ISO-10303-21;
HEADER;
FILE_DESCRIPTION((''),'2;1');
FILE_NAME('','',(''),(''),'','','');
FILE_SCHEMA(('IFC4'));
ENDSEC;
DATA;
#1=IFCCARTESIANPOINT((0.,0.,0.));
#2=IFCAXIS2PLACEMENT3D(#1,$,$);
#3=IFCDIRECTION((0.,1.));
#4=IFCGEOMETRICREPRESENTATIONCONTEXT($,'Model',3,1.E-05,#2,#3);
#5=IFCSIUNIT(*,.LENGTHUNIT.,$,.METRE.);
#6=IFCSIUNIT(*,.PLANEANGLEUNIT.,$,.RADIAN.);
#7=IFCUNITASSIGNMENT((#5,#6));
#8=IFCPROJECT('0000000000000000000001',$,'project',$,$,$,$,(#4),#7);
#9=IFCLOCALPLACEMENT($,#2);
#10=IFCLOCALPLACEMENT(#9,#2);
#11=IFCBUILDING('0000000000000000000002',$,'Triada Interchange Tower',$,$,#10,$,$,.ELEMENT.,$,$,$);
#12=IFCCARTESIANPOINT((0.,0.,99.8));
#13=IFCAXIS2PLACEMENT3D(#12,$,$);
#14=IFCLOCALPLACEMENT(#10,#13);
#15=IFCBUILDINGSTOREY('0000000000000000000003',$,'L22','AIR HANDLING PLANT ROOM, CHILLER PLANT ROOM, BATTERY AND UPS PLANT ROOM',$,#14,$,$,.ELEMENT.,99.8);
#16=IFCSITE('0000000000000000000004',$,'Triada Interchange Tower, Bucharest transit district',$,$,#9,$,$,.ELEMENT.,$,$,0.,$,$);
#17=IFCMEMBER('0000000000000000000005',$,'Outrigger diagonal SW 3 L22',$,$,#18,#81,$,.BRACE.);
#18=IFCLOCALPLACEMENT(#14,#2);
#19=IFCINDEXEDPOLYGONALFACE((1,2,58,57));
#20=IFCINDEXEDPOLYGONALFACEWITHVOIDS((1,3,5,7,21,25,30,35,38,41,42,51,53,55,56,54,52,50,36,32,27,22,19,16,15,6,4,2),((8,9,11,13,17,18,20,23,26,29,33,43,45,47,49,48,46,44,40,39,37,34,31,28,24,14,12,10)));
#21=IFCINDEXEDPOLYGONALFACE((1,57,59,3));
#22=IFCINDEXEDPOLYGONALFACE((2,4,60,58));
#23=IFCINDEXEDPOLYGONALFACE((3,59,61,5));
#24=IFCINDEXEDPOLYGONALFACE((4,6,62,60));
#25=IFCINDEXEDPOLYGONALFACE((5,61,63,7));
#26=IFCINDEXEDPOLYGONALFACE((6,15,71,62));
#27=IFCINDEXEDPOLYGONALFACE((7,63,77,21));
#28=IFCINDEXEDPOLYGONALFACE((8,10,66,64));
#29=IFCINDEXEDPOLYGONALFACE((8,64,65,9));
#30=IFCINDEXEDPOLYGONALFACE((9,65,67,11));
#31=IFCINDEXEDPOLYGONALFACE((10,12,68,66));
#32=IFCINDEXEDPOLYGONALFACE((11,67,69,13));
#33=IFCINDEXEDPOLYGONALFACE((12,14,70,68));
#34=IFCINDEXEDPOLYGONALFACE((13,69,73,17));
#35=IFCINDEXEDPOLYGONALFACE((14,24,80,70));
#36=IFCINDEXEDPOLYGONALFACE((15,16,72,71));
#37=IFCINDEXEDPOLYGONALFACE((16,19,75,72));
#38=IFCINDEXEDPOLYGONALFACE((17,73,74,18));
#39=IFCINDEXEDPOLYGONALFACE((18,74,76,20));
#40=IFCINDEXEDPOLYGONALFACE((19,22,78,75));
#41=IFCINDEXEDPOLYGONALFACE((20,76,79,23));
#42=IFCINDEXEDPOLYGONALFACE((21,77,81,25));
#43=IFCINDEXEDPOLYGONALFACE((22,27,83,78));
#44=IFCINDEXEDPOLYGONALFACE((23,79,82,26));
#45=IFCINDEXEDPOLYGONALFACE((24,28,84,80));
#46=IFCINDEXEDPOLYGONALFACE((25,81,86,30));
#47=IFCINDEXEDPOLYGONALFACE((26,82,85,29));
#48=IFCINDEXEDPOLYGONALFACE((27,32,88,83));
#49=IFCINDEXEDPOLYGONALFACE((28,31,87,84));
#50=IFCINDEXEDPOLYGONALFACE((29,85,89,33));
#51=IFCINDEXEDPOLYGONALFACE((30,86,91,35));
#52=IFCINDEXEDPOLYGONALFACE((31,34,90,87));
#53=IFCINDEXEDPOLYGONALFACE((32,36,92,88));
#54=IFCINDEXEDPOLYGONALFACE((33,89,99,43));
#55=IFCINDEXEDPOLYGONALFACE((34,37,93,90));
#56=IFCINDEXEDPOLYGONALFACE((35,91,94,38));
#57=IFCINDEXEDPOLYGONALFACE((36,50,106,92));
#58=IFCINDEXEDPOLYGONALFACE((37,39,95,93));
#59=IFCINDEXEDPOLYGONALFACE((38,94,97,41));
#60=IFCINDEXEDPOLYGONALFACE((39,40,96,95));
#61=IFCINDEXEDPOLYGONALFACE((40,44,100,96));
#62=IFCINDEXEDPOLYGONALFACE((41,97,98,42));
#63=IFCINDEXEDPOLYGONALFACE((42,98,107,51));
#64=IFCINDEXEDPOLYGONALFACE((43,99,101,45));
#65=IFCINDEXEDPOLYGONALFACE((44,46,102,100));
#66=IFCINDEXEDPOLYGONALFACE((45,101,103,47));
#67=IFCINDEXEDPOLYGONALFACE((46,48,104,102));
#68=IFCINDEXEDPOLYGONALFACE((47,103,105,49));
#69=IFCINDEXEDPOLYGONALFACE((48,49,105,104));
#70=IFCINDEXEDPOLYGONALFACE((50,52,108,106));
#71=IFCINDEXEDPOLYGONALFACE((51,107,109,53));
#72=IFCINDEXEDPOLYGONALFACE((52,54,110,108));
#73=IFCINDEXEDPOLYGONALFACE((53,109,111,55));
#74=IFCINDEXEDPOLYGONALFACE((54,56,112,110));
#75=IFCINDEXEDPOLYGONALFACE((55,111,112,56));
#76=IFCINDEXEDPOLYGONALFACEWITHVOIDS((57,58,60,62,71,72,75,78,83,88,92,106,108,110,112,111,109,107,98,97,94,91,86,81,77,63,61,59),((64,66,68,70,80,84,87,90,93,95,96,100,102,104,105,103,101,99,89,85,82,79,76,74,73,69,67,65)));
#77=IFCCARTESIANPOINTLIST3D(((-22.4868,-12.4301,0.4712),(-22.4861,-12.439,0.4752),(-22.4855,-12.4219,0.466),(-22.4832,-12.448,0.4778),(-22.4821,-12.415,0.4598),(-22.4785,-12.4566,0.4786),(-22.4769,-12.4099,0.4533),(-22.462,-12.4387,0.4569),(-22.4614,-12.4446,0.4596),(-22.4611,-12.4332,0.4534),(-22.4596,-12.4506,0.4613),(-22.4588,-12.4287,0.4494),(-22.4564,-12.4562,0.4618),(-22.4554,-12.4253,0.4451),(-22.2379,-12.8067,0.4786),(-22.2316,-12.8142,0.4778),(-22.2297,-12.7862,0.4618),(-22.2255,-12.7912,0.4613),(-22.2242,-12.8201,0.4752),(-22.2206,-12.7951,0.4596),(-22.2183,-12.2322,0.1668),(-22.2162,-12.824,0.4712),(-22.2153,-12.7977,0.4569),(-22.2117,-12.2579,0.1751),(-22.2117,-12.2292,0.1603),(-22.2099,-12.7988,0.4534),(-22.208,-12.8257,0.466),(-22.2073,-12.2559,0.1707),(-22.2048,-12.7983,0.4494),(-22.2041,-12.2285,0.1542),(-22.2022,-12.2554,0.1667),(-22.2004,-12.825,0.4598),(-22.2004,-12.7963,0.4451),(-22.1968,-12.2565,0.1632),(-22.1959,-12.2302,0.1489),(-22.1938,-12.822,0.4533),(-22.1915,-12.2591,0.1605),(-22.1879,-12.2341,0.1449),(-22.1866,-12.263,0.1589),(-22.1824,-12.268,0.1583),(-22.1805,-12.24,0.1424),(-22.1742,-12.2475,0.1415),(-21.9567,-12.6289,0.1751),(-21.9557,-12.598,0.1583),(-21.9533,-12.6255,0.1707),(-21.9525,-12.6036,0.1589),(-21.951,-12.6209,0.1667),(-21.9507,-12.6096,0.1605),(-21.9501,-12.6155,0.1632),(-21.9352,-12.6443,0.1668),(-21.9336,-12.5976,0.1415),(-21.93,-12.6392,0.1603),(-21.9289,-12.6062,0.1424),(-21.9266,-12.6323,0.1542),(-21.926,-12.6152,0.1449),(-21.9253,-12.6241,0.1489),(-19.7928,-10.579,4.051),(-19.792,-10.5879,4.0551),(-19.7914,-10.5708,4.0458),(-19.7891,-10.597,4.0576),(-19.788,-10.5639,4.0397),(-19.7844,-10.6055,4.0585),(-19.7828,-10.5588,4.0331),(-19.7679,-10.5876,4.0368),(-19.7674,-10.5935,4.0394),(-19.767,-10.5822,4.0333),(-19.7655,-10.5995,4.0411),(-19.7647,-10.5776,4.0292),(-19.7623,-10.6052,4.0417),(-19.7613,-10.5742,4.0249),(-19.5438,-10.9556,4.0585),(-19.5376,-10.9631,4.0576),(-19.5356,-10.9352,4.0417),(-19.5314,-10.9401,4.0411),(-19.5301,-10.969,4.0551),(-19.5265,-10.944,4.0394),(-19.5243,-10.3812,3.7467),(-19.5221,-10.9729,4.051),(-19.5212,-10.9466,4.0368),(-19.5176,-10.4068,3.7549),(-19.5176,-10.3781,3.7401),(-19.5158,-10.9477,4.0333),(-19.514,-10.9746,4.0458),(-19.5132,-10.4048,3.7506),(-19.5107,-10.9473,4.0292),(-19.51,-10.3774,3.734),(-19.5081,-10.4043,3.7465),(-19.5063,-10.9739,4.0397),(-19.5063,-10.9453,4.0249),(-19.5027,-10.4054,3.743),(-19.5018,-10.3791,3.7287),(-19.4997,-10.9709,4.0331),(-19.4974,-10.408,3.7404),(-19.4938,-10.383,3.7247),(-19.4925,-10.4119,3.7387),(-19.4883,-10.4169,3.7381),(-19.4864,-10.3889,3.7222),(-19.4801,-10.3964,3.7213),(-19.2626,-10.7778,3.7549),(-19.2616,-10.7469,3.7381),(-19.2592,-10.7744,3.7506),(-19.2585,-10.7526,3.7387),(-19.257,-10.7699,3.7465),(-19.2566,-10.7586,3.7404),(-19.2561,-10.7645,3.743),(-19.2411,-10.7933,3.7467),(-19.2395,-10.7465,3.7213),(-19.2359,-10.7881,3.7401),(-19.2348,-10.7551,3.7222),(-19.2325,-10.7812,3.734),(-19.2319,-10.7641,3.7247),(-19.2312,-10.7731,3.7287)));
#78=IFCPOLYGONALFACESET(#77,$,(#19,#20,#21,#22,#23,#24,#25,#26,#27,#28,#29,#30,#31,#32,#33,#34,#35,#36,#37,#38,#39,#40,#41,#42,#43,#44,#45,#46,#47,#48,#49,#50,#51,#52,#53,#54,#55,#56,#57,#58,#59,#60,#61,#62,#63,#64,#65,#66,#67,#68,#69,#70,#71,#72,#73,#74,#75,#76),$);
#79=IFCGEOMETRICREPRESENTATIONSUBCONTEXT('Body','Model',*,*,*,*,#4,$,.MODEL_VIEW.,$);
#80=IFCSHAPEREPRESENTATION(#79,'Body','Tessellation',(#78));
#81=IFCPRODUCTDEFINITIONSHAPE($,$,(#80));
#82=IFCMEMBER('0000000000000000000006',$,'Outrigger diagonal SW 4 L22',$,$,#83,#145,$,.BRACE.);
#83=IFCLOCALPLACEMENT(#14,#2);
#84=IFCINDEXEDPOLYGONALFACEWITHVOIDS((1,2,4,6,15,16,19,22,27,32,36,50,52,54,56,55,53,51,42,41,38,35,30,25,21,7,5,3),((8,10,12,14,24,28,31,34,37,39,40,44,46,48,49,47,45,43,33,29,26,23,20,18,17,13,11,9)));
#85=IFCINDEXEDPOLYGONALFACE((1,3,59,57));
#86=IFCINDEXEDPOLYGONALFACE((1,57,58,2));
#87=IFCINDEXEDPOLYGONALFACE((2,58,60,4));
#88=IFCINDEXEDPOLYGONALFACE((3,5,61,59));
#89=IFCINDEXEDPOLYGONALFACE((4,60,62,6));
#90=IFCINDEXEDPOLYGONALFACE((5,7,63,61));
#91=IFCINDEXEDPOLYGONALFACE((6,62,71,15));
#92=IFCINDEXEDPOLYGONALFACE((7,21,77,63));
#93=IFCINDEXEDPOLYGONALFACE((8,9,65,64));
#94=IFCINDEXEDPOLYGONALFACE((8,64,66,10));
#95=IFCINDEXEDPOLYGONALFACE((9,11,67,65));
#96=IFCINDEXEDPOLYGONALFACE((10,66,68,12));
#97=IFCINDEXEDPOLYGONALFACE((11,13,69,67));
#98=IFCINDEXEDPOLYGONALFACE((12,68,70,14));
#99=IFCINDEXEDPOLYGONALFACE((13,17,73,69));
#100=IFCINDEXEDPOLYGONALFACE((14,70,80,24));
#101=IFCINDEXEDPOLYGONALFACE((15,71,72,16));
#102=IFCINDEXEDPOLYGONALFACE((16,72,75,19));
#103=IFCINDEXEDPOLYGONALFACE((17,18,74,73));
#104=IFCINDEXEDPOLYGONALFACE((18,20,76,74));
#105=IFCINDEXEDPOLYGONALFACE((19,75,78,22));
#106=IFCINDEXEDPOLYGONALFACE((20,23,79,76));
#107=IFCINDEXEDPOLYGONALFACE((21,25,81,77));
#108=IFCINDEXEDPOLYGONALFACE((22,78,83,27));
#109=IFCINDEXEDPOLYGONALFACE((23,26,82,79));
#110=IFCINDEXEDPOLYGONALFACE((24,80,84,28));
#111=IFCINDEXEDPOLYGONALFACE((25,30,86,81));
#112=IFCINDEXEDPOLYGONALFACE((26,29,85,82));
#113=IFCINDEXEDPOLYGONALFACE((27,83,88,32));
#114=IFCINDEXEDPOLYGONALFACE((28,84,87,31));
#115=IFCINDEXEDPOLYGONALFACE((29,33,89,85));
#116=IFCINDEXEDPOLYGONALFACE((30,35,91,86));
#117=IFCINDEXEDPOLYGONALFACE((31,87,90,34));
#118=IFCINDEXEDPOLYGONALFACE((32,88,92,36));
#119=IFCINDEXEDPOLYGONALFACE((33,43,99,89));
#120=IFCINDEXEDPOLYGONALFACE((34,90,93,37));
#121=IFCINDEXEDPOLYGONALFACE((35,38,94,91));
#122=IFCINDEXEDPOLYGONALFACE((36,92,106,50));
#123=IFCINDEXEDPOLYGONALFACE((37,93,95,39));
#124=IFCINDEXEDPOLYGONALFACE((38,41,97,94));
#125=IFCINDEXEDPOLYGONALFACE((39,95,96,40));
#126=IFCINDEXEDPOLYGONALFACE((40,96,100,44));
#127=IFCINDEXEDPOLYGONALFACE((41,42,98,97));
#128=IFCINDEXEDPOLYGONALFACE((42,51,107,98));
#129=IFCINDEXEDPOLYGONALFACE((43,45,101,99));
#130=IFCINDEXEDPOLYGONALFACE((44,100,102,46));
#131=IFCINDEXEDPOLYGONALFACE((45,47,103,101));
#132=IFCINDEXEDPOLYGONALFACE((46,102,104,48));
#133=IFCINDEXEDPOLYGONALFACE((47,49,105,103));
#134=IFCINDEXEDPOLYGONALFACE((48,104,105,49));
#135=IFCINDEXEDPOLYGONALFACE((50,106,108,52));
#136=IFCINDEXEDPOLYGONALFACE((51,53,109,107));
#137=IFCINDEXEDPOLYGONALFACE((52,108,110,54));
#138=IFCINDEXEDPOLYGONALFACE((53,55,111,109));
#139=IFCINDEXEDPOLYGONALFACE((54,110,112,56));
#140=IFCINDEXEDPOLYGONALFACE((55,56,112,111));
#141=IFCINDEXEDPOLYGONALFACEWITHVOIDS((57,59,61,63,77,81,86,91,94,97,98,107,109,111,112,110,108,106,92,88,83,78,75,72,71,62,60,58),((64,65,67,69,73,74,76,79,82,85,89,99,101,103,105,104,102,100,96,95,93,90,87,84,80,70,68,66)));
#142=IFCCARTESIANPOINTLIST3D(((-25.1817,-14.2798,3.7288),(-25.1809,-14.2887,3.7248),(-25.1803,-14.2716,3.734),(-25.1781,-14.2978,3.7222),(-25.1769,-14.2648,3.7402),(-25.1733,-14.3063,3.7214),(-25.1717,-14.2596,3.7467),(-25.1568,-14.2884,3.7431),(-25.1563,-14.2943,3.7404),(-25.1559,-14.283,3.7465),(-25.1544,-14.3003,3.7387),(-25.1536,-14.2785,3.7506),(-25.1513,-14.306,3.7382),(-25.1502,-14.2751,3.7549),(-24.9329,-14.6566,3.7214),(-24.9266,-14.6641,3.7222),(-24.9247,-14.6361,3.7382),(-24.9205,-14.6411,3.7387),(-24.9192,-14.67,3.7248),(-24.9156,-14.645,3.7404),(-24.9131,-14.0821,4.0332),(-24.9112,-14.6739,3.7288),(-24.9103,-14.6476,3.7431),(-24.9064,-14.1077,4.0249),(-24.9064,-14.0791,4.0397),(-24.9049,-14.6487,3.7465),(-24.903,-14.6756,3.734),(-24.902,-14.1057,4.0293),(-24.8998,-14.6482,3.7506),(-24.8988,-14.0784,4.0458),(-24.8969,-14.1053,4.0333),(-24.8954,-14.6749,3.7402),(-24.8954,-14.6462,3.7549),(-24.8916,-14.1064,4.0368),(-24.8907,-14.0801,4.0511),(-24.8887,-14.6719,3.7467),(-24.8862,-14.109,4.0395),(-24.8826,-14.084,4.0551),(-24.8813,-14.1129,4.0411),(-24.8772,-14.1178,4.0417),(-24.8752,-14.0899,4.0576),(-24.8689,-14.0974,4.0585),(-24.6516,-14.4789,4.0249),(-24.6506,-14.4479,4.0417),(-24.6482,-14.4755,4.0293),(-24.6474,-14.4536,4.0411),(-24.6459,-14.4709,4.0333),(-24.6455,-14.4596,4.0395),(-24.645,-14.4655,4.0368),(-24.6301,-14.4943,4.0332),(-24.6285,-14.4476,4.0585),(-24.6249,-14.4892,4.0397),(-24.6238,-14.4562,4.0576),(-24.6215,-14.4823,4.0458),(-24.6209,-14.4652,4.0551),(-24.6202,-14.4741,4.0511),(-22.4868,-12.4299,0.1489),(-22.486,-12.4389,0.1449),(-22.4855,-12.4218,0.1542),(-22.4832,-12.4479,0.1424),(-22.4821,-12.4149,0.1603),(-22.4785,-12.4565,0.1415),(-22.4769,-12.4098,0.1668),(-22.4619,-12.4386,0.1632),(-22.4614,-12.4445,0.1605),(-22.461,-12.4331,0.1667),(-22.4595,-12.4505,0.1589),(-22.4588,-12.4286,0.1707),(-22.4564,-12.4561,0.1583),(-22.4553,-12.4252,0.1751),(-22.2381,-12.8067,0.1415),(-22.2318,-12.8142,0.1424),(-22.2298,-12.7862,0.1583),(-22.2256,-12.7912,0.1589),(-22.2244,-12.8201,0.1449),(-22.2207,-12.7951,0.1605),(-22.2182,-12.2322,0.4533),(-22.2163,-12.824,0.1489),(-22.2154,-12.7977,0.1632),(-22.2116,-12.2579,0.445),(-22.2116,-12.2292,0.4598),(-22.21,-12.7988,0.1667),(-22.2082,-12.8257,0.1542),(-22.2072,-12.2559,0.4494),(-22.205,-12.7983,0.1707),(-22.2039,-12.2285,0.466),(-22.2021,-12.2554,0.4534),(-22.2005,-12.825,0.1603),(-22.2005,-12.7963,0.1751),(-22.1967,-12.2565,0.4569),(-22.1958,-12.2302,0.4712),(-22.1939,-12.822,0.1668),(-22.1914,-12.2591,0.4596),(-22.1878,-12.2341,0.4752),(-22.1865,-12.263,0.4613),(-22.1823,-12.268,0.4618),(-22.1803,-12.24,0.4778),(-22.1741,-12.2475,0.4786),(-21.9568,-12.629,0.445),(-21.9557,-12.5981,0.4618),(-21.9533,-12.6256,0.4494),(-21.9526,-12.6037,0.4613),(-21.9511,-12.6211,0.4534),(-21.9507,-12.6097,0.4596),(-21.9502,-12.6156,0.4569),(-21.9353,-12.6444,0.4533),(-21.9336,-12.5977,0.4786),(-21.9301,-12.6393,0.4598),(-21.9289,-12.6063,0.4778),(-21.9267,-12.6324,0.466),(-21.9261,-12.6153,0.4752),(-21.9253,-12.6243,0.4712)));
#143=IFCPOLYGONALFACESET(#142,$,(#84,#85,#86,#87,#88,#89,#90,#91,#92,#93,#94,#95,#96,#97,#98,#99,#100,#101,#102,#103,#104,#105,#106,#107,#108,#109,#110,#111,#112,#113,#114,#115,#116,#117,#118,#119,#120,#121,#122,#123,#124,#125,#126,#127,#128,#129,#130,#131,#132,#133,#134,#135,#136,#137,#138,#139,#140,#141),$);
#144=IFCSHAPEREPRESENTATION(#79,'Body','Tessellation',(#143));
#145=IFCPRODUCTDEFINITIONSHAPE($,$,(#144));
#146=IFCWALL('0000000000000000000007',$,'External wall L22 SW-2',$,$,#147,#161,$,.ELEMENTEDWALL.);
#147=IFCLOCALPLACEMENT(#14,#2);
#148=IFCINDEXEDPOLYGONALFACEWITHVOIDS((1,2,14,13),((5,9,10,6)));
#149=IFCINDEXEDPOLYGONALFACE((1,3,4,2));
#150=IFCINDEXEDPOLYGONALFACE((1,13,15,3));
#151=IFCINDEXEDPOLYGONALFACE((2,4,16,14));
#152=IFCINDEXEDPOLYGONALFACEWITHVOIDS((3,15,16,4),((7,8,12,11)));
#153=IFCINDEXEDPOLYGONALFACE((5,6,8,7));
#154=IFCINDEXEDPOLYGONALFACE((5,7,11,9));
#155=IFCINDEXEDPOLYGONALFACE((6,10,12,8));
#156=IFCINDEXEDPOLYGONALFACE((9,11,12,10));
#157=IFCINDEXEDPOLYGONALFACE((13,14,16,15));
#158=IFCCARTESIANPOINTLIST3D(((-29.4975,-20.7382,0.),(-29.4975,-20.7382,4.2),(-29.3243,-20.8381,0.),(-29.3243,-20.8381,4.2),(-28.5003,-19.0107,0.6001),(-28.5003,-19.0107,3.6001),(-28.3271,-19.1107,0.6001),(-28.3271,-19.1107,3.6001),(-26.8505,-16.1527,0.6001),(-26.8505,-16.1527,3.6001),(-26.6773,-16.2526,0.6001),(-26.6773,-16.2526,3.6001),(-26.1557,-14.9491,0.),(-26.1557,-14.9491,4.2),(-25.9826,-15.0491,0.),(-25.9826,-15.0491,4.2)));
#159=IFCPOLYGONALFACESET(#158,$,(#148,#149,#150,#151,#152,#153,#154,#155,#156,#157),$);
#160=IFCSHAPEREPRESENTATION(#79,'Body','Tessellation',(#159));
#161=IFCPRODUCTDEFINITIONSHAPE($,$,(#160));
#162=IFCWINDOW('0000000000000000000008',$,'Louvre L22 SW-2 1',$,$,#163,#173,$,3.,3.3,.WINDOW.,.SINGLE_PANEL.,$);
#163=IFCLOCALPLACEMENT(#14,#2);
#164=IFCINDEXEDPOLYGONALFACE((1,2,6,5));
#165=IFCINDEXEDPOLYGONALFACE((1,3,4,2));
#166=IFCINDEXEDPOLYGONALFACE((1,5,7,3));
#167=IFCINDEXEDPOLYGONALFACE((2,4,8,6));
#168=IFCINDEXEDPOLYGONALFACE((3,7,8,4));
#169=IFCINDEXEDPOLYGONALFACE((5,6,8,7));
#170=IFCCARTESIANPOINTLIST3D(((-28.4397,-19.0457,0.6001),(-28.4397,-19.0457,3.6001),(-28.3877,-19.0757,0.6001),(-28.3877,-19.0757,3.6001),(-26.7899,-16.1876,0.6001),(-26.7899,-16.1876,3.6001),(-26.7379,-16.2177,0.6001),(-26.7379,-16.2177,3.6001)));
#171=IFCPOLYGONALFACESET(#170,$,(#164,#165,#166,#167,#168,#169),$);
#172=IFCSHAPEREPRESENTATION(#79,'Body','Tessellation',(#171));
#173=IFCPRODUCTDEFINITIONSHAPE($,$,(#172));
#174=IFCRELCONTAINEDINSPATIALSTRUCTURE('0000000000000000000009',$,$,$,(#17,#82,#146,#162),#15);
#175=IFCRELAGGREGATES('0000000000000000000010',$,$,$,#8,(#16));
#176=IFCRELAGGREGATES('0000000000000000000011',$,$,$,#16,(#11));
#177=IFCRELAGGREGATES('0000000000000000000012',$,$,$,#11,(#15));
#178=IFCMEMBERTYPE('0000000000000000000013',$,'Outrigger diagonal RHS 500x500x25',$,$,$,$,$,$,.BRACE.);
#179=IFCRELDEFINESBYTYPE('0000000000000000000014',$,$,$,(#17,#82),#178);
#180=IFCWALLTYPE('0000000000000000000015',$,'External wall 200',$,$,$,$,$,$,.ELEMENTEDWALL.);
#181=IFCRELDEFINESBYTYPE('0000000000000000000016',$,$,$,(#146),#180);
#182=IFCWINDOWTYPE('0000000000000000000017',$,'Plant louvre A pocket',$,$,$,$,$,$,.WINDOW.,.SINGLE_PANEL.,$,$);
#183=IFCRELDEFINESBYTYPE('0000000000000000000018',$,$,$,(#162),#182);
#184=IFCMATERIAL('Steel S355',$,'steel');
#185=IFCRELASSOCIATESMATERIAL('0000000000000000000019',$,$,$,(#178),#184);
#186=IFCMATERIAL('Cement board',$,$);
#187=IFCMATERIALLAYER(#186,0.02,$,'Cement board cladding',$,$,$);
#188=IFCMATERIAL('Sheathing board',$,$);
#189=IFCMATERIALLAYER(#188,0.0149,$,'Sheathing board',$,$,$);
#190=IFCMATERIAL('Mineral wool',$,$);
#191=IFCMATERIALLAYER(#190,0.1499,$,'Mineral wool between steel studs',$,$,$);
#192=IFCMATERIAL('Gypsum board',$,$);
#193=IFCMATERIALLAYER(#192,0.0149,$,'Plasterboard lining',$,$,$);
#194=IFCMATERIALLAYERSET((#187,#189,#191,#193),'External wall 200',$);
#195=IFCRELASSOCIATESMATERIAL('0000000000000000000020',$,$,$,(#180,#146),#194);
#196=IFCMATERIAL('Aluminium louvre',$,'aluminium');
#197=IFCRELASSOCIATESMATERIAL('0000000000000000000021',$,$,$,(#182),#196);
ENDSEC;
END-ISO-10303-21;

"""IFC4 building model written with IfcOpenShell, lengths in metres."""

from ifc_helpers import new_model, si_unit, direction, frame, frame_2d, origin, origin_2d, place, context, subcontext, project, spatial, rectangle, hollow_rectangle, extrude, material, layer, layer_set, layer_usage, material_profile, profile_set, type_object, element, fill, save


model = new_model("IFC4")

# Units and contexts
model_context = context("Model", 3, precision=1e-05, world=origin(), true_north=direction((0.0, 1.0)))
body_context = subcontext(model_context, "Body", "Model", "MODEL_VIEW")
ifc_project = project(units=[si_unit("LENGTHUNIT", "METRE"), si_unit("PLANEANGLEUNIT", "RADIAN")], contexts=[model_context])

# Site, building, storey
site_placement = place(None, origin())
site = spatial("IfcSite", under=ifc_project, at=site_placement, Name="Triada Interchange Tower, Bucharest transit district", CompositionType="ELEMENT", RefElevation=0.0)
building_placement = place(site_placement, origin())
building = spatial("IfcBuilding", under=site, at=building_placement, Name="Triada Interchange Tower", CompositionType="ELEMENT")
storey_placement = place(building_placement, frame((0.0, 0.0, 99.8)))
storey = spatial("IfcBuildingStorey", under=building, at=storey_placement, Name="L22", Description="AIR HANDLING PLANT ROOM, CHILLER PLANT ROOM, BATTERY AND UPS PLANT ROOM", CompositionType="ELEMENT", Elevation=99.8)

# Members
ifc_material_1 = material(Name="Steel S355", Category="steel")
ifc_material_profile_1 = material_profile(ifc_material_1, hollow_rectangle(XDim=0.5, YDim=0.5, WallThickness=0.0249, InnerFilletRadius=0.0249, OuterFilletRadius=0.0376, at=origin_2d()), Name="RHS 500x500x25")
ifc_profile_set_1 = profile_set([ifc_material_profile_1], Name="Steel S355")
member_type_1 = type_object("IfcMemberType", Name="Outrigger diagonal RHS 500x500x25", PredefinedType="BRACE", material=ifc_profile_set_1)
for number, where, z_axis, x_axis, name in (
    (1, (-19.512, -10.676, 3.8899), (-0.555751, -0.381849, -0.738466), (0.566297, -0.824201, 0.0), "Outrigger diagonal SW 3 L22"),
    (2, (-22.2061, -12.5271, 0.3101), (-0.555909, -0.381602, 0.738475), (0.565939, -0.824447, 0.0), "Outrigger diagonal SW 4 L22"),
):
    element("IfcMember", number, at=place(storey_placement, frame(where, z_axis=z_axis, x_axis=x_axis)), inside=storey, type_object=member_type_1, Name=name, PredefinedType="BRACE", context=body_context, shape_type="SweptSolid", body=[
        extrude(hollow_rectangle(XDim=0.5, YDim=0.5, WallThickness=0.0249, InnerFilletRadius=0.0249, OuterFilletRadius=0.0376, at=origin_2d()), origin(), (0.0, 0.0, 1.0), 4.8477),
    ])

# Wall, opening, window
ifc_material_2 = material(Name="Cement board")
ifc_layer_1 = layer(ifc_material_2, 0.02, Name="Cement board cladding")
ifc_material_3 = material(Name="Sheathing board")
ifc_layer_2 = layer(ifc_material_3, 0.0149, Name="Sheathing board")
ifc_material_4 = material(Name="Mineral wool")
ifc_layer_3 = layer(ifc_material_4, 0.1499, Name="Mineral wool between steel studs")
ifc_material_5 = material(Name="Gypsum board")
ifc_layer_4 = layer(ifc_material_5, 0.0149, Name="Plasterboard lining")
ifc_layer_set_1 = layer_set([ifc_layer_1, ifc_layer_2, ifc_layer_3, ifc_layer_4], Name="External wall 200")
ifc_layer_usage = layer_usage(ifc_layer_set_1, "AXIS2", "POSITIVE", -0.1001)
wall_type_1 = type_object("IfcWallType", Name="External wall 200", PredefinedType="ELEMENTEDWALL", material=ifc_layer_set_1)
wall_1_placement = place(storey_placement, frame((-26.0691, -14.999, 0.0), z_axis=(0.0, 0.0, 1.0), x_axis=(-0.499942, -0.866059, 0.0)))
wall_1 = element("IfcWall", 3, at=wall_1_placement, inside=storey, type_object=wall_type_1, material=ifc_layer_usage, Name="External wall L22 SW-2", PredefinedType="ELEMENTEDWALL", context=body_context, shape_type="SweptSolid", body=[
    extrude(rectangle(XDim=6.6843, YDim=0.2, at=frame_2d((3.3423, 0.0))), origin(), (0.0, 0.0, 1.0), 4.2),
])
opening_1_placement = place(wall_1_placement, frame((1.3899, 0.0, 0.6001)))
opening_1 = element("IfcOpeningElement", 4, at=opening_1_placement, cuts=wall_1, PredefinedType="OPENING", context=body_context, shape_type="SweptSolid", body=[
    extrude(rectangle(XDim=3.3, YDim=3.0, at=frame_2d((1.6499, 1.5))), frame((0.0, 0.1099, 0.0), z_axis=(0.0, -1.0, 0.0), x_axis=(1.0, 0.0, 0.0)), (0.0, 0.0, 1.0), 0.22),
])
ifc_material_6 = material(Name="Aluminium louvre", Category="aluminium")
window_type = type_object("IfcWindowType", Name="Plant louvre A pocket", PartitioningType="SINGLE_PANEL", PredefinedType="WINDOW", material=ifc_material_6)
window_placement = place(opening_1_placement, origin())
window = element("IfcWindow", 5, at=window_placement, inside=storey, type_object=window_type, Name="Louvre L22 SW-2 1", OverallHeight=3.0, OverallWidth=3.3, PartitioningType="SINGLE_PANEL", PredefinedType="WINDOW", context=body_context, shape_type="SweptSolid", body=[
    extrude(rectangle(XDim=3.3, YDim=3.0, at=frame_2d((1.6499, 1.5))), frame((0.0, 0.03, 0.0), z_axis=(0.0, -1.0, 0.0), x_axis=(1.0, 0.0, 0.0)), (0.0, 0.0, 1.0), 0.0601),
])
fill(opening_1, window)

save(model, "model.ifc")
